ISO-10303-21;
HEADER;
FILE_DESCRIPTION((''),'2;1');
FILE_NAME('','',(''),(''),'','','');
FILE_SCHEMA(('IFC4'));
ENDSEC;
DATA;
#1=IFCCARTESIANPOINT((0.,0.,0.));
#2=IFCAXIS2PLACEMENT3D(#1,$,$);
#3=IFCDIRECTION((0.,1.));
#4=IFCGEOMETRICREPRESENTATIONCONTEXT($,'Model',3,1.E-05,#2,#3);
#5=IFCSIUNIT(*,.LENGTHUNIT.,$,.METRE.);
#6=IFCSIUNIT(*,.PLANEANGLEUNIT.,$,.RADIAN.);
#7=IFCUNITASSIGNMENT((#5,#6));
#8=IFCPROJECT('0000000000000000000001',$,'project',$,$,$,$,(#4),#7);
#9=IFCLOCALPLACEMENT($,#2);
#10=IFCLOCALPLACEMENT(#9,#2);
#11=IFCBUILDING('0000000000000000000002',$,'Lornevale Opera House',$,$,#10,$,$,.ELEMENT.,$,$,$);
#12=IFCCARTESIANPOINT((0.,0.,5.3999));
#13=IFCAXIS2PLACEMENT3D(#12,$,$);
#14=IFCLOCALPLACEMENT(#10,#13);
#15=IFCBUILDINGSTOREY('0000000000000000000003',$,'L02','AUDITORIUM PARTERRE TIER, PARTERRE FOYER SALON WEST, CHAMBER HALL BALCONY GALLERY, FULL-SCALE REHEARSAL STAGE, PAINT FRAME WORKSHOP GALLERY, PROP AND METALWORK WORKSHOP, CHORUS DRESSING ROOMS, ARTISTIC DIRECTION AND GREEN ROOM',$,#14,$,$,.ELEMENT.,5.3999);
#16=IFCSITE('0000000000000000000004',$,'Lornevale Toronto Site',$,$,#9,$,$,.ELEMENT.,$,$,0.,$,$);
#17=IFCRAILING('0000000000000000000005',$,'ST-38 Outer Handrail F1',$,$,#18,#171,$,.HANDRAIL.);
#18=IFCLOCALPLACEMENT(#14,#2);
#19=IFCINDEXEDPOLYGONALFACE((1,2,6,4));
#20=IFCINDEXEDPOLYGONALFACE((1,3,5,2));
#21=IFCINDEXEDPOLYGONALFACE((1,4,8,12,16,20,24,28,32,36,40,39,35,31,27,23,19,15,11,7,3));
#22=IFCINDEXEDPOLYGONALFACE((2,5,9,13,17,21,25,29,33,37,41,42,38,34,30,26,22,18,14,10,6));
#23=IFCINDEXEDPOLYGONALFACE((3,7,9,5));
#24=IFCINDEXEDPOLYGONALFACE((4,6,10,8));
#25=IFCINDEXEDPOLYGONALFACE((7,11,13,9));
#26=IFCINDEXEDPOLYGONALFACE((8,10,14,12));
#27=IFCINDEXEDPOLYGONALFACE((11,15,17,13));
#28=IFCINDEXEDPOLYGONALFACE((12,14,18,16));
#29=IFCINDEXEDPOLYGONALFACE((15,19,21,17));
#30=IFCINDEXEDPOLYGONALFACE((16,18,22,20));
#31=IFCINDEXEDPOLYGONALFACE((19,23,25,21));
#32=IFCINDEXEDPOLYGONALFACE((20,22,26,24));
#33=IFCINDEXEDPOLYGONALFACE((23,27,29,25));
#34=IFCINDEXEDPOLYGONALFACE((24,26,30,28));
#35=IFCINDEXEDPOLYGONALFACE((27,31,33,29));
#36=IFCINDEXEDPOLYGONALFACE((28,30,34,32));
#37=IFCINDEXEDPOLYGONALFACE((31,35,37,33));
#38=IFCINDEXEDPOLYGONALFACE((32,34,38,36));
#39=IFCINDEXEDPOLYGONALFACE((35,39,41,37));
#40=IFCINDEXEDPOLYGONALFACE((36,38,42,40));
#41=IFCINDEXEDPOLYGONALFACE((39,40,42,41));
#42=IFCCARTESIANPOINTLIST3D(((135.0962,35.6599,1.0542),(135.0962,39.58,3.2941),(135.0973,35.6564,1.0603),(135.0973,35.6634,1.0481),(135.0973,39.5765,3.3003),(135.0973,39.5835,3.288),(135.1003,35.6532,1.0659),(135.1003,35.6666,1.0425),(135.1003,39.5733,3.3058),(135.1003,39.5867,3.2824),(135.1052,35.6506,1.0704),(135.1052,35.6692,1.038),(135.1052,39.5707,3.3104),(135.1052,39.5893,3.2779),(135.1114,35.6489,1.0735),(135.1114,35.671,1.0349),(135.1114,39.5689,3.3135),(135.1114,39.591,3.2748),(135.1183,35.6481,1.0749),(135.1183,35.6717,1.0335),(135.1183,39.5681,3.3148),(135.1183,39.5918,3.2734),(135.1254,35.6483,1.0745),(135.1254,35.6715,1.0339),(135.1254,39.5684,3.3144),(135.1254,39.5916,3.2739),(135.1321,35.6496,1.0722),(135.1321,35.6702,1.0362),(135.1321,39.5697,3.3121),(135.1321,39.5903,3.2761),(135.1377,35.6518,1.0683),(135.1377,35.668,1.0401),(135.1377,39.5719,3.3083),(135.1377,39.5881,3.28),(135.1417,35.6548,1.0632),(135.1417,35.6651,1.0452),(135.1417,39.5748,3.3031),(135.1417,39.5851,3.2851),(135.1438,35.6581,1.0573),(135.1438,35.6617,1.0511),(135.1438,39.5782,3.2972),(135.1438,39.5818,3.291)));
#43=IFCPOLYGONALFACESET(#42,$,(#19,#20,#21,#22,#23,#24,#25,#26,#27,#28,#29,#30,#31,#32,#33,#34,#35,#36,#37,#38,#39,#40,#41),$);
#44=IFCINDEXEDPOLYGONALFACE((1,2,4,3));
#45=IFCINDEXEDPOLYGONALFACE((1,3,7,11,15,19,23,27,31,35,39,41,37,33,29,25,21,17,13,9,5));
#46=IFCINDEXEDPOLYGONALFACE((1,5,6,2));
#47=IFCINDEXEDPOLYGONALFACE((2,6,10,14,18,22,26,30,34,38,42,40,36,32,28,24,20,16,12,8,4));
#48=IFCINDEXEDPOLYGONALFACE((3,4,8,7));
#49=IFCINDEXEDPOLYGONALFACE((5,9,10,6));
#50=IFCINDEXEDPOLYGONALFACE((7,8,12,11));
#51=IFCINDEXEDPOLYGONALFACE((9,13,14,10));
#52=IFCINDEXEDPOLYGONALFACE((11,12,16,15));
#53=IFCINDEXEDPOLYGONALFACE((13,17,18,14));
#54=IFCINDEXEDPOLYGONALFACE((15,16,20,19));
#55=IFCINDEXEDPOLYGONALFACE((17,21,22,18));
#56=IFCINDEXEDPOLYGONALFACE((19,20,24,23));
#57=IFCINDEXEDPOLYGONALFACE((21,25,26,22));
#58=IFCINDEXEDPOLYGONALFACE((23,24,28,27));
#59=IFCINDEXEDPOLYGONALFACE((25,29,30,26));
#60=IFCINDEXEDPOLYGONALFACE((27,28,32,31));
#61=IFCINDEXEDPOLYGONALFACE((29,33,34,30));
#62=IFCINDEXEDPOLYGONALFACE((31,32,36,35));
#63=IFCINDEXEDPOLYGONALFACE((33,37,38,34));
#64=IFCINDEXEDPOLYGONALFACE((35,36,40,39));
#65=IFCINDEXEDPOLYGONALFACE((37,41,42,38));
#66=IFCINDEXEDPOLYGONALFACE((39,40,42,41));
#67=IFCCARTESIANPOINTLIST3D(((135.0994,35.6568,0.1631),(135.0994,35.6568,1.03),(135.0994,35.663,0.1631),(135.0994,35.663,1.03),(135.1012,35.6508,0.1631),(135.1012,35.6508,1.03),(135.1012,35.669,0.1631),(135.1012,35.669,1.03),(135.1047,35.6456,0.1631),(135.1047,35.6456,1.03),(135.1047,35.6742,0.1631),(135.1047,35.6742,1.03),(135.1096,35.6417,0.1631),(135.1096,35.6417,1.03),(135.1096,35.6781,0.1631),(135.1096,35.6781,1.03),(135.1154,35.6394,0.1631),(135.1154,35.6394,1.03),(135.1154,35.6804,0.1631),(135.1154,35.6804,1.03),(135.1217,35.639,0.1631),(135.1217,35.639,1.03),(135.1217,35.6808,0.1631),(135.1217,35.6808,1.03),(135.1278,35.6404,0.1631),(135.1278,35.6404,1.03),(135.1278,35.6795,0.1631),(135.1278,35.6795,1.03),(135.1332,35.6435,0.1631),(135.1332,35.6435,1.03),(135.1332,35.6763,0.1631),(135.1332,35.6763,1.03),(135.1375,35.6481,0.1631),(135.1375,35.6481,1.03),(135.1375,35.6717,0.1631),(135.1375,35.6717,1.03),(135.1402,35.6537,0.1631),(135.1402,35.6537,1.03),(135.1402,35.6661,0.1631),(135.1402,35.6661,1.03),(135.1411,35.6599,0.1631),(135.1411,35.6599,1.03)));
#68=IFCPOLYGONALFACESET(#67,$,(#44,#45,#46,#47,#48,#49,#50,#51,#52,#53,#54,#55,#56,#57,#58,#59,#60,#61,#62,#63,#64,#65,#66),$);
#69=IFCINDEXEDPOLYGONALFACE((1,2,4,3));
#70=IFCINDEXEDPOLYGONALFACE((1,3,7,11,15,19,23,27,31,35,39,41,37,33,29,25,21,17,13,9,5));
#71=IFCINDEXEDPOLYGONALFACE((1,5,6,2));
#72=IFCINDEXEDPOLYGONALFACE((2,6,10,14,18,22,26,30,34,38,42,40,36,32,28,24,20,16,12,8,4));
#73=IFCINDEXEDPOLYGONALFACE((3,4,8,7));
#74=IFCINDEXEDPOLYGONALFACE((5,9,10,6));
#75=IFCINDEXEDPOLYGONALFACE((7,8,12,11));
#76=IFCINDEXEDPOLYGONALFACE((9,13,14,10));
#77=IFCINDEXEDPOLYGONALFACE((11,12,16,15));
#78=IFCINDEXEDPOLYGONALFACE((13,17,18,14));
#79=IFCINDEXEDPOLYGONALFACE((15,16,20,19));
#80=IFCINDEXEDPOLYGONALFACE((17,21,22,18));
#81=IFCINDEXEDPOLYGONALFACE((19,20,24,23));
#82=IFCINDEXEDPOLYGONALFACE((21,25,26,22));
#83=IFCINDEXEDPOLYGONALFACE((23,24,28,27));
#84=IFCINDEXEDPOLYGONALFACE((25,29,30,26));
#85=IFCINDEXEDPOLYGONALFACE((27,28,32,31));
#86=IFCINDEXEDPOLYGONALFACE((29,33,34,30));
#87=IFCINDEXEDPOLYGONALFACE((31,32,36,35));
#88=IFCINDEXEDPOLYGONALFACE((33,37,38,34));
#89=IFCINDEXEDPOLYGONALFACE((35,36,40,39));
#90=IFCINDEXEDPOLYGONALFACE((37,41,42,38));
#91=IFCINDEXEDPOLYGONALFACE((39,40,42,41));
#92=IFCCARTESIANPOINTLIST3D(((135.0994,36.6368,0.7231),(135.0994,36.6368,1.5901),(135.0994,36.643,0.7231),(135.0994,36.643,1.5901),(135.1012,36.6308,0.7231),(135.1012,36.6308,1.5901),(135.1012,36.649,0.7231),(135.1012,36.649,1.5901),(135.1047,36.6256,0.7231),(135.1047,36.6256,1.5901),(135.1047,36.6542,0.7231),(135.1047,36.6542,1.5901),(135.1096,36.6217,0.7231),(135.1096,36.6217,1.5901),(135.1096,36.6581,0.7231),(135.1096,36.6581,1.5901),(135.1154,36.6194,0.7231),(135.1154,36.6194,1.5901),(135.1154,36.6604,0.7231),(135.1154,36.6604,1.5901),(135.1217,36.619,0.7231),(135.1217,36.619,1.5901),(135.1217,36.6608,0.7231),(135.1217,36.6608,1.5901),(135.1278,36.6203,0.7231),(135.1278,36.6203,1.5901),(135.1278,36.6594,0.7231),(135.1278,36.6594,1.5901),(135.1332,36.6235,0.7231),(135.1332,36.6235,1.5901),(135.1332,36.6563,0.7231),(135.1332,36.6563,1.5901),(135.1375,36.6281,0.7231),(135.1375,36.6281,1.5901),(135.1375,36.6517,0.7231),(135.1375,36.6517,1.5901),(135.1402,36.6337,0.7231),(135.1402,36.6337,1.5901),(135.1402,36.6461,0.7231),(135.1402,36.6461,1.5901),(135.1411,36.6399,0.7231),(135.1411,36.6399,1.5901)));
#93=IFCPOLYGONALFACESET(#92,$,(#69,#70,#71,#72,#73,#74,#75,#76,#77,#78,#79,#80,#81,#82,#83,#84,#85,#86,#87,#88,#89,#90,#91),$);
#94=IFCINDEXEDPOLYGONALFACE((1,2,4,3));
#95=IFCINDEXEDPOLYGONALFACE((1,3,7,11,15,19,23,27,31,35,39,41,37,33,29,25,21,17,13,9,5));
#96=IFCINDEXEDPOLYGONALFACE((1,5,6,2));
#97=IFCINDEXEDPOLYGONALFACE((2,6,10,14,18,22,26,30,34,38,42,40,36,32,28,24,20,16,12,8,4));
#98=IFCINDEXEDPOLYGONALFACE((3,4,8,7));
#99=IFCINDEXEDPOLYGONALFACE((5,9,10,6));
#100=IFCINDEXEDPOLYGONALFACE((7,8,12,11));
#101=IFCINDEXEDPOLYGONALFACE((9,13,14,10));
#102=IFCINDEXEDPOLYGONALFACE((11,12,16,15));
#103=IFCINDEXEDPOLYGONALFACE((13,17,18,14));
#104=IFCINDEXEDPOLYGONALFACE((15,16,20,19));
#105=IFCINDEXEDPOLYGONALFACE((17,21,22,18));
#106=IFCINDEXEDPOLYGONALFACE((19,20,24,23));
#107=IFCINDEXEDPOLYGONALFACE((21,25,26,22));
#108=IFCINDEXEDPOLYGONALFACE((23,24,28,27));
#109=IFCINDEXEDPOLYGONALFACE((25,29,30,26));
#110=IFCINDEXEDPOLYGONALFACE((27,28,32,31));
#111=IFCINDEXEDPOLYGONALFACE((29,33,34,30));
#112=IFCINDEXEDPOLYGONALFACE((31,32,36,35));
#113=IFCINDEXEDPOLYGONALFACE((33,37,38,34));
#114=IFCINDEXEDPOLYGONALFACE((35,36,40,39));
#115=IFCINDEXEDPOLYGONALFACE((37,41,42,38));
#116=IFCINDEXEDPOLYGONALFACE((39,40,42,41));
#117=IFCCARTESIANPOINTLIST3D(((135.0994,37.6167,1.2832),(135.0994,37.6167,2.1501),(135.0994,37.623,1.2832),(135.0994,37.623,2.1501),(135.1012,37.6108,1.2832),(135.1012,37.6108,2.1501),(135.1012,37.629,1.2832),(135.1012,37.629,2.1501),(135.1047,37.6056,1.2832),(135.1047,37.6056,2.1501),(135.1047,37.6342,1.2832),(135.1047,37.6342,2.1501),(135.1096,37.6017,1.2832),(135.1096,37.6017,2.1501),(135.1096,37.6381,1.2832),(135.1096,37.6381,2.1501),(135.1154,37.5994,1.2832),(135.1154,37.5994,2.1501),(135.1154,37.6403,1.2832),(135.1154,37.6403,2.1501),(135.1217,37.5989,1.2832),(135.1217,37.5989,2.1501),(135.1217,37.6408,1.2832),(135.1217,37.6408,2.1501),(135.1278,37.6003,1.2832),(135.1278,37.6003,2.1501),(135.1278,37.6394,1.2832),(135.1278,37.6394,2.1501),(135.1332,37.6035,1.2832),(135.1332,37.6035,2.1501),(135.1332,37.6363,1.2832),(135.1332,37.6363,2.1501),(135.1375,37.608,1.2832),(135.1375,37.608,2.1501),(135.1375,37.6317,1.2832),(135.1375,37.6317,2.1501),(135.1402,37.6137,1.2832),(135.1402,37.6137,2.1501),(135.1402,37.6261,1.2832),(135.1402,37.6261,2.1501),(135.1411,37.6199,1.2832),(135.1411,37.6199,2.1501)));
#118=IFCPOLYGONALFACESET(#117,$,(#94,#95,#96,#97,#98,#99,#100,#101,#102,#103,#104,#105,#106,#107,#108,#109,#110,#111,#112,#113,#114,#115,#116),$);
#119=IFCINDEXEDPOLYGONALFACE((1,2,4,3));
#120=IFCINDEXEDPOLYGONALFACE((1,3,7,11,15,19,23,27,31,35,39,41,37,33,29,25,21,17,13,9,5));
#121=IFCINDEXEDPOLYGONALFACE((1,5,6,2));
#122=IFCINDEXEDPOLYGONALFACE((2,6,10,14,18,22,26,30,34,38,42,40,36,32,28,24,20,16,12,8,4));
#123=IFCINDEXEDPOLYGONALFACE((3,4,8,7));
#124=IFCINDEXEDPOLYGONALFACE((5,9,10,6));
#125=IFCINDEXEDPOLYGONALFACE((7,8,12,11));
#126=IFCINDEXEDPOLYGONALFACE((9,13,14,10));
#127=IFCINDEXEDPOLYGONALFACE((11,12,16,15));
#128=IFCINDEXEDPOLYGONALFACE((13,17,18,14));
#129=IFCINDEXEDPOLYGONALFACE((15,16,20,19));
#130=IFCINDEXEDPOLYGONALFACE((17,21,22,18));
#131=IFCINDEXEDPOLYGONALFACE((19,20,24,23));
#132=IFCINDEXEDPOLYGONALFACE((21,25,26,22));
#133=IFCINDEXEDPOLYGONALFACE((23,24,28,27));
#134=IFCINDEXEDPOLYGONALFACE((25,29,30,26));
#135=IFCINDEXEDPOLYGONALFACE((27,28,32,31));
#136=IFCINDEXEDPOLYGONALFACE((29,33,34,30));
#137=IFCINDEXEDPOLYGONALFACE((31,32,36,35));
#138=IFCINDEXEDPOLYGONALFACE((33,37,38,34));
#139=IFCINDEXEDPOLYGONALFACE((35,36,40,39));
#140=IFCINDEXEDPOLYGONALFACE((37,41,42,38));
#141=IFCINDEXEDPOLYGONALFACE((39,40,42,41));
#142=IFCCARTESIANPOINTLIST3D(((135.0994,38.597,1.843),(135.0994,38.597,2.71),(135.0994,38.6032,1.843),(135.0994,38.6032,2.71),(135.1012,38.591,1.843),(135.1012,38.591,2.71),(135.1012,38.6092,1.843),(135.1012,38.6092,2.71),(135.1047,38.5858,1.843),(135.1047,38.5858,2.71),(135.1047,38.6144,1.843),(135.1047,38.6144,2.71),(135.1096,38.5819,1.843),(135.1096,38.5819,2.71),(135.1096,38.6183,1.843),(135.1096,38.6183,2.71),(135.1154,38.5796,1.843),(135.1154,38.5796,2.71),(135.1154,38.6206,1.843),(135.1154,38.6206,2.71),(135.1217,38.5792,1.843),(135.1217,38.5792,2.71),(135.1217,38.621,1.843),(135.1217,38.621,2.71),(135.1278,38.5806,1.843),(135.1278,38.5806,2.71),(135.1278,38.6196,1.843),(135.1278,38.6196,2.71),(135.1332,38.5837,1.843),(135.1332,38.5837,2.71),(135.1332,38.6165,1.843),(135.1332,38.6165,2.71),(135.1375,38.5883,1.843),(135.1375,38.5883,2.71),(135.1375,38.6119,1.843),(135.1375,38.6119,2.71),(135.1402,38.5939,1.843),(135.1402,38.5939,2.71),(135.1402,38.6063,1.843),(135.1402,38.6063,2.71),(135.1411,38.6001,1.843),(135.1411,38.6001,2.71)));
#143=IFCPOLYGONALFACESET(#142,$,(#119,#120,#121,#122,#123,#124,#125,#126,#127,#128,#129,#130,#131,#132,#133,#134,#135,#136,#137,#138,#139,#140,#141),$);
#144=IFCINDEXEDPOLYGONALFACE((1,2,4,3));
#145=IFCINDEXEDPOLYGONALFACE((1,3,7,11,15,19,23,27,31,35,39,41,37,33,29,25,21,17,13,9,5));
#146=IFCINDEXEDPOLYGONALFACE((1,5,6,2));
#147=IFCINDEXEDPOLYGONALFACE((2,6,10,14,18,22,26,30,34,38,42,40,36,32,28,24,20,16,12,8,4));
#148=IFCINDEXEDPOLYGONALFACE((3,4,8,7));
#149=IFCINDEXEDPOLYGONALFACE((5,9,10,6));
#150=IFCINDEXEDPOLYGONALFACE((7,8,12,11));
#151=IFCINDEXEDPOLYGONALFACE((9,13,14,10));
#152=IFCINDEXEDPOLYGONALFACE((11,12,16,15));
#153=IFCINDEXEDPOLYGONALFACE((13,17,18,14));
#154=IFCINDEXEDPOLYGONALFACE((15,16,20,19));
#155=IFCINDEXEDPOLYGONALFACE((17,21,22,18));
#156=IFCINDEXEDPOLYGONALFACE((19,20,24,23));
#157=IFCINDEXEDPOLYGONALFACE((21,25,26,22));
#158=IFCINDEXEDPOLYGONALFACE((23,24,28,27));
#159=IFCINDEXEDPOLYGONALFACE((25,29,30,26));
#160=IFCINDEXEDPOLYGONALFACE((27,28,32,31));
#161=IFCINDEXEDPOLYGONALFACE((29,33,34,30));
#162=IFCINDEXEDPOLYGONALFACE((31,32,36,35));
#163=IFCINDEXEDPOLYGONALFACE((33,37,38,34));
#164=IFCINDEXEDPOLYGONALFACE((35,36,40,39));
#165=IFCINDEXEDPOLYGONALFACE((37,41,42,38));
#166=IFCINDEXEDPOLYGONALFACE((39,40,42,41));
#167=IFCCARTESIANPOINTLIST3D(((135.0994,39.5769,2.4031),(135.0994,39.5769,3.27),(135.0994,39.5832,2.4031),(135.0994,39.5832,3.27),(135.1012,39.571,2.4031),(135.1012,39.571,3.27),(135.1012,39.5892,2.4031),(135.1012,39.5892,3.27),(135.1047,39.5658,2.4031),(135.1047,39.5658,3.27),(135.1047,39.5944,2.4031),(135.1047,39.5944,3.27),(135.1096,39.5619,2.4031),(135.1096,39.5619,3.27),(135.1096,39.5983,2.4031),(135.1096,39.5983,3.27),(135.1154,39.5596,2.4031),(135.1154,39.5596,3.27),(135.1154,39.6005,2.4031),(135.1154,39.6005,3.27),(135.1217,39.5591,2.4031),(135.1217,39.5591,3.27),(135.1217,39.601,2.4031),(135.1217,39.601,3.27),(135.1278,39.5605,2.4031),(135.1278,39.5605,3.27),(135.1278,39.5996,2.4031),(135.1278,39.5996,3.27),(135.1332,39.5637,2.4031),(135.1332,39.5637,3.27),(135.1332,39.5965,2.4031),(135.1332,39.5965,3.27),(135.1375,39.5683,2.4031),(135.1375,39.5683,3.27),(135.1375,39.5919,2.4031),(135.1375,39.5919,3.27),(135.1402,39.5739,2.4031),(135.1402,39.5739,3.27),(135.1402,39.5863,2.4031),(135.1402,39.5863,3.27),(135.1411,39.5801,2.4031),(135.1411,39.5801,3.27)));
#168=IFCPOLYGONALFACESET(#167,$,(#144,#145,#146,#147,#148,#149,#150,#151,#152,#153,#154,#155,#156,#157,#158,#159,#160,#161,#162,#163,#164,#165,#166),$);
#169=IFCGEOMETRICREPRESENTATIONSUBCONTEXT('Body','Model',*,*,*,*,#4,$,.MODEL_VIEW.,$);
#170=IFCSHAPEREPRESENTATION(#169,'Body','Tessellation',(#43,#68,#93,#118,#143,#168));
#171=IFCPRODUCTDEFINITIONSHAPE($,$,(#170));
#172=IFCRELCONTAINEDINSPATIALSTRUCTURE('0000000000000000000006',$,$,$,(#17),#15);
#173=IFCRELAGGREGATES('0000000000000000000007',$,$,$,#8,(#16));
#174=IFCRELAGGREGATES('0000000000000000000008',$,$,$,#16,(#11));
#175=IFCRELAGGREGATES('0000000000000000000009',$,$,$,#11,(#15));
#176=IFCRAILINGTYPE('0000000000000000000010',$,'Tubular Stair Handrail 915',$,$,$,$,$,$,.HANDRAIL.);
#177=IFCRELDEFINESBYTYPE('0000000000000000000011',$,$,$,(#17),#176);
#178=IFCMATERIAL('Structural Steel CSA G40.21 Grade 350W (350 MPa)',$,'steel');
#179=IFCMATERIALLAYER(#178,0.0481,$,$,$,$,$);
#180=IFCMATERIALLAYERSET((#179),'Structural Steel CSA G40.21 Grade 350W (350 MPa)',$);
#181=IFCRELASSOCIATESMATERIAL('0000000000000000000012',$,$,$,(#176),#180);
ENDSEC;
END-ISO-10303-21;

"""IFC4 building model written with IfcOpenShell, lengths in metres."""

from ifc_helpers import new_model, si_unit, direction, frame, origin, origin_2d, place, context, subcontext, project, spatial, circle, extrude, material, layer, layer_set, type_object, element, save


model = new_model("IFC4")

# Units and contexts
model_context = context("Model", 3, precision=1e-05, world=origin(), true_north=direction((0.0, 1.0)))
body_context = subcontext(model_context, "Body", "Model", "MODEL_VIEW")
ifc_project = project(units=[si_unit("LENGTHUNIT", "METRE"), si_unit("PLANEANGLEUNIT", "RADIAN")], contexts=[model_context])

# Site, building, storey
site_placement = place(None, origin())
site = spatial("IfcSite", under=ifc_project, at=site_placement, Name="Lornevale Toronto Site", CompositionType="ELEMENT", RefElevation=0.0)
building_placement = place(site_placement, origin())
building = spatial("IfcBuilding", under=site, at=building_placement, Name="Lornevale Opera House", CompositionType="ELEMENT")
storey_placement = place(building_placement, frame((0.0, 0.0, 5.3999)))
storey = spatial("IfcBuildingStorey", under=building, at=storey_placement, Name="L02", Description="AUDITORIUM PARTERRE TIER, PARTERRE FOYER SALON WEST, CHAMBER HALL BALCONY GALLERY, FULL-SCALE REHEARSAL STAGE, PAINT FRAME WORKSHOP GALLERY, PROP AND METALWORK WORKSHOP, CHORUS DRESSING ROOMS, ARTISTIC DIRECTION AND GREEN ROOM", CompositionType="ELEMENT", Elevation=5.3999)

# Shared definitions
ifc_material_1 = material(Name="Structural Steel CSA G40.21 Grade 350W (350 MPa)", Category="steel")

# Railing
ifc_layer_1 = layer(ifc_material_1, 0.0481)
ifc_layer_set_1 = layer_set([ifc_layer_1], Name="Structural Steel CSA G40.21 Grade 350W (350 MPa)")
railing_type_1 = type_object("IfcRailingType", Name="Tubular Stair Handrail 915", PredefinedType="HANDRAIL", material=ifc_layer_set_1)
railing_1_placement = place(storey_placement, frame((135.1201, 35.6599, 0.1631)))
element("IfcRailing", 1, at=railing_1_placement, inside=storey, type_object=railing_type_1, Name="ST-38 Outer Handrail F1", PredefinedType="HANDRAIL", context=body_context, shape_type="SweptSolid", body=[
    extrude(circle(Radius=0.0239, at=origin_2d()), frame((0.0, 0.0, 0.8911), z_axis=(0.0, 0.868253, 0.496121), x_axis=(-1.0, 0.0, 0.0)), (0.0, 0.0, 1.0), 4.5149),
    extrude(circle(Radius=0.021, at=origin_2d()), origin(), (0.0, 0.0, 1.0), 0.8669),
    extrude(circle(Radius=0.021, at=origin_2d()), frame((0.0, 0.98, 0.5601)), (0.0, 0.0, 1.0), 0.8669),
    extrude(circle(Radius=0.021, at=origin_2d()), frame((0.0, 1.96, 1.1201)), (0.0, 0.0, 1.0), 0.8669),
    extrude(circle(Radius=0.021, at=origin_2d()), frame((0.0, 2.9402, 1.6799)), (0.0, 0.0, 1.0), 0.8669),
    extrude(circle(Radius=0.021, at=origin_2d()), frame((0.0, 3.9202, 2.24)), (0.0, 0.0, 1.0), 0.8669),
])

save(model, "model.ifc")
